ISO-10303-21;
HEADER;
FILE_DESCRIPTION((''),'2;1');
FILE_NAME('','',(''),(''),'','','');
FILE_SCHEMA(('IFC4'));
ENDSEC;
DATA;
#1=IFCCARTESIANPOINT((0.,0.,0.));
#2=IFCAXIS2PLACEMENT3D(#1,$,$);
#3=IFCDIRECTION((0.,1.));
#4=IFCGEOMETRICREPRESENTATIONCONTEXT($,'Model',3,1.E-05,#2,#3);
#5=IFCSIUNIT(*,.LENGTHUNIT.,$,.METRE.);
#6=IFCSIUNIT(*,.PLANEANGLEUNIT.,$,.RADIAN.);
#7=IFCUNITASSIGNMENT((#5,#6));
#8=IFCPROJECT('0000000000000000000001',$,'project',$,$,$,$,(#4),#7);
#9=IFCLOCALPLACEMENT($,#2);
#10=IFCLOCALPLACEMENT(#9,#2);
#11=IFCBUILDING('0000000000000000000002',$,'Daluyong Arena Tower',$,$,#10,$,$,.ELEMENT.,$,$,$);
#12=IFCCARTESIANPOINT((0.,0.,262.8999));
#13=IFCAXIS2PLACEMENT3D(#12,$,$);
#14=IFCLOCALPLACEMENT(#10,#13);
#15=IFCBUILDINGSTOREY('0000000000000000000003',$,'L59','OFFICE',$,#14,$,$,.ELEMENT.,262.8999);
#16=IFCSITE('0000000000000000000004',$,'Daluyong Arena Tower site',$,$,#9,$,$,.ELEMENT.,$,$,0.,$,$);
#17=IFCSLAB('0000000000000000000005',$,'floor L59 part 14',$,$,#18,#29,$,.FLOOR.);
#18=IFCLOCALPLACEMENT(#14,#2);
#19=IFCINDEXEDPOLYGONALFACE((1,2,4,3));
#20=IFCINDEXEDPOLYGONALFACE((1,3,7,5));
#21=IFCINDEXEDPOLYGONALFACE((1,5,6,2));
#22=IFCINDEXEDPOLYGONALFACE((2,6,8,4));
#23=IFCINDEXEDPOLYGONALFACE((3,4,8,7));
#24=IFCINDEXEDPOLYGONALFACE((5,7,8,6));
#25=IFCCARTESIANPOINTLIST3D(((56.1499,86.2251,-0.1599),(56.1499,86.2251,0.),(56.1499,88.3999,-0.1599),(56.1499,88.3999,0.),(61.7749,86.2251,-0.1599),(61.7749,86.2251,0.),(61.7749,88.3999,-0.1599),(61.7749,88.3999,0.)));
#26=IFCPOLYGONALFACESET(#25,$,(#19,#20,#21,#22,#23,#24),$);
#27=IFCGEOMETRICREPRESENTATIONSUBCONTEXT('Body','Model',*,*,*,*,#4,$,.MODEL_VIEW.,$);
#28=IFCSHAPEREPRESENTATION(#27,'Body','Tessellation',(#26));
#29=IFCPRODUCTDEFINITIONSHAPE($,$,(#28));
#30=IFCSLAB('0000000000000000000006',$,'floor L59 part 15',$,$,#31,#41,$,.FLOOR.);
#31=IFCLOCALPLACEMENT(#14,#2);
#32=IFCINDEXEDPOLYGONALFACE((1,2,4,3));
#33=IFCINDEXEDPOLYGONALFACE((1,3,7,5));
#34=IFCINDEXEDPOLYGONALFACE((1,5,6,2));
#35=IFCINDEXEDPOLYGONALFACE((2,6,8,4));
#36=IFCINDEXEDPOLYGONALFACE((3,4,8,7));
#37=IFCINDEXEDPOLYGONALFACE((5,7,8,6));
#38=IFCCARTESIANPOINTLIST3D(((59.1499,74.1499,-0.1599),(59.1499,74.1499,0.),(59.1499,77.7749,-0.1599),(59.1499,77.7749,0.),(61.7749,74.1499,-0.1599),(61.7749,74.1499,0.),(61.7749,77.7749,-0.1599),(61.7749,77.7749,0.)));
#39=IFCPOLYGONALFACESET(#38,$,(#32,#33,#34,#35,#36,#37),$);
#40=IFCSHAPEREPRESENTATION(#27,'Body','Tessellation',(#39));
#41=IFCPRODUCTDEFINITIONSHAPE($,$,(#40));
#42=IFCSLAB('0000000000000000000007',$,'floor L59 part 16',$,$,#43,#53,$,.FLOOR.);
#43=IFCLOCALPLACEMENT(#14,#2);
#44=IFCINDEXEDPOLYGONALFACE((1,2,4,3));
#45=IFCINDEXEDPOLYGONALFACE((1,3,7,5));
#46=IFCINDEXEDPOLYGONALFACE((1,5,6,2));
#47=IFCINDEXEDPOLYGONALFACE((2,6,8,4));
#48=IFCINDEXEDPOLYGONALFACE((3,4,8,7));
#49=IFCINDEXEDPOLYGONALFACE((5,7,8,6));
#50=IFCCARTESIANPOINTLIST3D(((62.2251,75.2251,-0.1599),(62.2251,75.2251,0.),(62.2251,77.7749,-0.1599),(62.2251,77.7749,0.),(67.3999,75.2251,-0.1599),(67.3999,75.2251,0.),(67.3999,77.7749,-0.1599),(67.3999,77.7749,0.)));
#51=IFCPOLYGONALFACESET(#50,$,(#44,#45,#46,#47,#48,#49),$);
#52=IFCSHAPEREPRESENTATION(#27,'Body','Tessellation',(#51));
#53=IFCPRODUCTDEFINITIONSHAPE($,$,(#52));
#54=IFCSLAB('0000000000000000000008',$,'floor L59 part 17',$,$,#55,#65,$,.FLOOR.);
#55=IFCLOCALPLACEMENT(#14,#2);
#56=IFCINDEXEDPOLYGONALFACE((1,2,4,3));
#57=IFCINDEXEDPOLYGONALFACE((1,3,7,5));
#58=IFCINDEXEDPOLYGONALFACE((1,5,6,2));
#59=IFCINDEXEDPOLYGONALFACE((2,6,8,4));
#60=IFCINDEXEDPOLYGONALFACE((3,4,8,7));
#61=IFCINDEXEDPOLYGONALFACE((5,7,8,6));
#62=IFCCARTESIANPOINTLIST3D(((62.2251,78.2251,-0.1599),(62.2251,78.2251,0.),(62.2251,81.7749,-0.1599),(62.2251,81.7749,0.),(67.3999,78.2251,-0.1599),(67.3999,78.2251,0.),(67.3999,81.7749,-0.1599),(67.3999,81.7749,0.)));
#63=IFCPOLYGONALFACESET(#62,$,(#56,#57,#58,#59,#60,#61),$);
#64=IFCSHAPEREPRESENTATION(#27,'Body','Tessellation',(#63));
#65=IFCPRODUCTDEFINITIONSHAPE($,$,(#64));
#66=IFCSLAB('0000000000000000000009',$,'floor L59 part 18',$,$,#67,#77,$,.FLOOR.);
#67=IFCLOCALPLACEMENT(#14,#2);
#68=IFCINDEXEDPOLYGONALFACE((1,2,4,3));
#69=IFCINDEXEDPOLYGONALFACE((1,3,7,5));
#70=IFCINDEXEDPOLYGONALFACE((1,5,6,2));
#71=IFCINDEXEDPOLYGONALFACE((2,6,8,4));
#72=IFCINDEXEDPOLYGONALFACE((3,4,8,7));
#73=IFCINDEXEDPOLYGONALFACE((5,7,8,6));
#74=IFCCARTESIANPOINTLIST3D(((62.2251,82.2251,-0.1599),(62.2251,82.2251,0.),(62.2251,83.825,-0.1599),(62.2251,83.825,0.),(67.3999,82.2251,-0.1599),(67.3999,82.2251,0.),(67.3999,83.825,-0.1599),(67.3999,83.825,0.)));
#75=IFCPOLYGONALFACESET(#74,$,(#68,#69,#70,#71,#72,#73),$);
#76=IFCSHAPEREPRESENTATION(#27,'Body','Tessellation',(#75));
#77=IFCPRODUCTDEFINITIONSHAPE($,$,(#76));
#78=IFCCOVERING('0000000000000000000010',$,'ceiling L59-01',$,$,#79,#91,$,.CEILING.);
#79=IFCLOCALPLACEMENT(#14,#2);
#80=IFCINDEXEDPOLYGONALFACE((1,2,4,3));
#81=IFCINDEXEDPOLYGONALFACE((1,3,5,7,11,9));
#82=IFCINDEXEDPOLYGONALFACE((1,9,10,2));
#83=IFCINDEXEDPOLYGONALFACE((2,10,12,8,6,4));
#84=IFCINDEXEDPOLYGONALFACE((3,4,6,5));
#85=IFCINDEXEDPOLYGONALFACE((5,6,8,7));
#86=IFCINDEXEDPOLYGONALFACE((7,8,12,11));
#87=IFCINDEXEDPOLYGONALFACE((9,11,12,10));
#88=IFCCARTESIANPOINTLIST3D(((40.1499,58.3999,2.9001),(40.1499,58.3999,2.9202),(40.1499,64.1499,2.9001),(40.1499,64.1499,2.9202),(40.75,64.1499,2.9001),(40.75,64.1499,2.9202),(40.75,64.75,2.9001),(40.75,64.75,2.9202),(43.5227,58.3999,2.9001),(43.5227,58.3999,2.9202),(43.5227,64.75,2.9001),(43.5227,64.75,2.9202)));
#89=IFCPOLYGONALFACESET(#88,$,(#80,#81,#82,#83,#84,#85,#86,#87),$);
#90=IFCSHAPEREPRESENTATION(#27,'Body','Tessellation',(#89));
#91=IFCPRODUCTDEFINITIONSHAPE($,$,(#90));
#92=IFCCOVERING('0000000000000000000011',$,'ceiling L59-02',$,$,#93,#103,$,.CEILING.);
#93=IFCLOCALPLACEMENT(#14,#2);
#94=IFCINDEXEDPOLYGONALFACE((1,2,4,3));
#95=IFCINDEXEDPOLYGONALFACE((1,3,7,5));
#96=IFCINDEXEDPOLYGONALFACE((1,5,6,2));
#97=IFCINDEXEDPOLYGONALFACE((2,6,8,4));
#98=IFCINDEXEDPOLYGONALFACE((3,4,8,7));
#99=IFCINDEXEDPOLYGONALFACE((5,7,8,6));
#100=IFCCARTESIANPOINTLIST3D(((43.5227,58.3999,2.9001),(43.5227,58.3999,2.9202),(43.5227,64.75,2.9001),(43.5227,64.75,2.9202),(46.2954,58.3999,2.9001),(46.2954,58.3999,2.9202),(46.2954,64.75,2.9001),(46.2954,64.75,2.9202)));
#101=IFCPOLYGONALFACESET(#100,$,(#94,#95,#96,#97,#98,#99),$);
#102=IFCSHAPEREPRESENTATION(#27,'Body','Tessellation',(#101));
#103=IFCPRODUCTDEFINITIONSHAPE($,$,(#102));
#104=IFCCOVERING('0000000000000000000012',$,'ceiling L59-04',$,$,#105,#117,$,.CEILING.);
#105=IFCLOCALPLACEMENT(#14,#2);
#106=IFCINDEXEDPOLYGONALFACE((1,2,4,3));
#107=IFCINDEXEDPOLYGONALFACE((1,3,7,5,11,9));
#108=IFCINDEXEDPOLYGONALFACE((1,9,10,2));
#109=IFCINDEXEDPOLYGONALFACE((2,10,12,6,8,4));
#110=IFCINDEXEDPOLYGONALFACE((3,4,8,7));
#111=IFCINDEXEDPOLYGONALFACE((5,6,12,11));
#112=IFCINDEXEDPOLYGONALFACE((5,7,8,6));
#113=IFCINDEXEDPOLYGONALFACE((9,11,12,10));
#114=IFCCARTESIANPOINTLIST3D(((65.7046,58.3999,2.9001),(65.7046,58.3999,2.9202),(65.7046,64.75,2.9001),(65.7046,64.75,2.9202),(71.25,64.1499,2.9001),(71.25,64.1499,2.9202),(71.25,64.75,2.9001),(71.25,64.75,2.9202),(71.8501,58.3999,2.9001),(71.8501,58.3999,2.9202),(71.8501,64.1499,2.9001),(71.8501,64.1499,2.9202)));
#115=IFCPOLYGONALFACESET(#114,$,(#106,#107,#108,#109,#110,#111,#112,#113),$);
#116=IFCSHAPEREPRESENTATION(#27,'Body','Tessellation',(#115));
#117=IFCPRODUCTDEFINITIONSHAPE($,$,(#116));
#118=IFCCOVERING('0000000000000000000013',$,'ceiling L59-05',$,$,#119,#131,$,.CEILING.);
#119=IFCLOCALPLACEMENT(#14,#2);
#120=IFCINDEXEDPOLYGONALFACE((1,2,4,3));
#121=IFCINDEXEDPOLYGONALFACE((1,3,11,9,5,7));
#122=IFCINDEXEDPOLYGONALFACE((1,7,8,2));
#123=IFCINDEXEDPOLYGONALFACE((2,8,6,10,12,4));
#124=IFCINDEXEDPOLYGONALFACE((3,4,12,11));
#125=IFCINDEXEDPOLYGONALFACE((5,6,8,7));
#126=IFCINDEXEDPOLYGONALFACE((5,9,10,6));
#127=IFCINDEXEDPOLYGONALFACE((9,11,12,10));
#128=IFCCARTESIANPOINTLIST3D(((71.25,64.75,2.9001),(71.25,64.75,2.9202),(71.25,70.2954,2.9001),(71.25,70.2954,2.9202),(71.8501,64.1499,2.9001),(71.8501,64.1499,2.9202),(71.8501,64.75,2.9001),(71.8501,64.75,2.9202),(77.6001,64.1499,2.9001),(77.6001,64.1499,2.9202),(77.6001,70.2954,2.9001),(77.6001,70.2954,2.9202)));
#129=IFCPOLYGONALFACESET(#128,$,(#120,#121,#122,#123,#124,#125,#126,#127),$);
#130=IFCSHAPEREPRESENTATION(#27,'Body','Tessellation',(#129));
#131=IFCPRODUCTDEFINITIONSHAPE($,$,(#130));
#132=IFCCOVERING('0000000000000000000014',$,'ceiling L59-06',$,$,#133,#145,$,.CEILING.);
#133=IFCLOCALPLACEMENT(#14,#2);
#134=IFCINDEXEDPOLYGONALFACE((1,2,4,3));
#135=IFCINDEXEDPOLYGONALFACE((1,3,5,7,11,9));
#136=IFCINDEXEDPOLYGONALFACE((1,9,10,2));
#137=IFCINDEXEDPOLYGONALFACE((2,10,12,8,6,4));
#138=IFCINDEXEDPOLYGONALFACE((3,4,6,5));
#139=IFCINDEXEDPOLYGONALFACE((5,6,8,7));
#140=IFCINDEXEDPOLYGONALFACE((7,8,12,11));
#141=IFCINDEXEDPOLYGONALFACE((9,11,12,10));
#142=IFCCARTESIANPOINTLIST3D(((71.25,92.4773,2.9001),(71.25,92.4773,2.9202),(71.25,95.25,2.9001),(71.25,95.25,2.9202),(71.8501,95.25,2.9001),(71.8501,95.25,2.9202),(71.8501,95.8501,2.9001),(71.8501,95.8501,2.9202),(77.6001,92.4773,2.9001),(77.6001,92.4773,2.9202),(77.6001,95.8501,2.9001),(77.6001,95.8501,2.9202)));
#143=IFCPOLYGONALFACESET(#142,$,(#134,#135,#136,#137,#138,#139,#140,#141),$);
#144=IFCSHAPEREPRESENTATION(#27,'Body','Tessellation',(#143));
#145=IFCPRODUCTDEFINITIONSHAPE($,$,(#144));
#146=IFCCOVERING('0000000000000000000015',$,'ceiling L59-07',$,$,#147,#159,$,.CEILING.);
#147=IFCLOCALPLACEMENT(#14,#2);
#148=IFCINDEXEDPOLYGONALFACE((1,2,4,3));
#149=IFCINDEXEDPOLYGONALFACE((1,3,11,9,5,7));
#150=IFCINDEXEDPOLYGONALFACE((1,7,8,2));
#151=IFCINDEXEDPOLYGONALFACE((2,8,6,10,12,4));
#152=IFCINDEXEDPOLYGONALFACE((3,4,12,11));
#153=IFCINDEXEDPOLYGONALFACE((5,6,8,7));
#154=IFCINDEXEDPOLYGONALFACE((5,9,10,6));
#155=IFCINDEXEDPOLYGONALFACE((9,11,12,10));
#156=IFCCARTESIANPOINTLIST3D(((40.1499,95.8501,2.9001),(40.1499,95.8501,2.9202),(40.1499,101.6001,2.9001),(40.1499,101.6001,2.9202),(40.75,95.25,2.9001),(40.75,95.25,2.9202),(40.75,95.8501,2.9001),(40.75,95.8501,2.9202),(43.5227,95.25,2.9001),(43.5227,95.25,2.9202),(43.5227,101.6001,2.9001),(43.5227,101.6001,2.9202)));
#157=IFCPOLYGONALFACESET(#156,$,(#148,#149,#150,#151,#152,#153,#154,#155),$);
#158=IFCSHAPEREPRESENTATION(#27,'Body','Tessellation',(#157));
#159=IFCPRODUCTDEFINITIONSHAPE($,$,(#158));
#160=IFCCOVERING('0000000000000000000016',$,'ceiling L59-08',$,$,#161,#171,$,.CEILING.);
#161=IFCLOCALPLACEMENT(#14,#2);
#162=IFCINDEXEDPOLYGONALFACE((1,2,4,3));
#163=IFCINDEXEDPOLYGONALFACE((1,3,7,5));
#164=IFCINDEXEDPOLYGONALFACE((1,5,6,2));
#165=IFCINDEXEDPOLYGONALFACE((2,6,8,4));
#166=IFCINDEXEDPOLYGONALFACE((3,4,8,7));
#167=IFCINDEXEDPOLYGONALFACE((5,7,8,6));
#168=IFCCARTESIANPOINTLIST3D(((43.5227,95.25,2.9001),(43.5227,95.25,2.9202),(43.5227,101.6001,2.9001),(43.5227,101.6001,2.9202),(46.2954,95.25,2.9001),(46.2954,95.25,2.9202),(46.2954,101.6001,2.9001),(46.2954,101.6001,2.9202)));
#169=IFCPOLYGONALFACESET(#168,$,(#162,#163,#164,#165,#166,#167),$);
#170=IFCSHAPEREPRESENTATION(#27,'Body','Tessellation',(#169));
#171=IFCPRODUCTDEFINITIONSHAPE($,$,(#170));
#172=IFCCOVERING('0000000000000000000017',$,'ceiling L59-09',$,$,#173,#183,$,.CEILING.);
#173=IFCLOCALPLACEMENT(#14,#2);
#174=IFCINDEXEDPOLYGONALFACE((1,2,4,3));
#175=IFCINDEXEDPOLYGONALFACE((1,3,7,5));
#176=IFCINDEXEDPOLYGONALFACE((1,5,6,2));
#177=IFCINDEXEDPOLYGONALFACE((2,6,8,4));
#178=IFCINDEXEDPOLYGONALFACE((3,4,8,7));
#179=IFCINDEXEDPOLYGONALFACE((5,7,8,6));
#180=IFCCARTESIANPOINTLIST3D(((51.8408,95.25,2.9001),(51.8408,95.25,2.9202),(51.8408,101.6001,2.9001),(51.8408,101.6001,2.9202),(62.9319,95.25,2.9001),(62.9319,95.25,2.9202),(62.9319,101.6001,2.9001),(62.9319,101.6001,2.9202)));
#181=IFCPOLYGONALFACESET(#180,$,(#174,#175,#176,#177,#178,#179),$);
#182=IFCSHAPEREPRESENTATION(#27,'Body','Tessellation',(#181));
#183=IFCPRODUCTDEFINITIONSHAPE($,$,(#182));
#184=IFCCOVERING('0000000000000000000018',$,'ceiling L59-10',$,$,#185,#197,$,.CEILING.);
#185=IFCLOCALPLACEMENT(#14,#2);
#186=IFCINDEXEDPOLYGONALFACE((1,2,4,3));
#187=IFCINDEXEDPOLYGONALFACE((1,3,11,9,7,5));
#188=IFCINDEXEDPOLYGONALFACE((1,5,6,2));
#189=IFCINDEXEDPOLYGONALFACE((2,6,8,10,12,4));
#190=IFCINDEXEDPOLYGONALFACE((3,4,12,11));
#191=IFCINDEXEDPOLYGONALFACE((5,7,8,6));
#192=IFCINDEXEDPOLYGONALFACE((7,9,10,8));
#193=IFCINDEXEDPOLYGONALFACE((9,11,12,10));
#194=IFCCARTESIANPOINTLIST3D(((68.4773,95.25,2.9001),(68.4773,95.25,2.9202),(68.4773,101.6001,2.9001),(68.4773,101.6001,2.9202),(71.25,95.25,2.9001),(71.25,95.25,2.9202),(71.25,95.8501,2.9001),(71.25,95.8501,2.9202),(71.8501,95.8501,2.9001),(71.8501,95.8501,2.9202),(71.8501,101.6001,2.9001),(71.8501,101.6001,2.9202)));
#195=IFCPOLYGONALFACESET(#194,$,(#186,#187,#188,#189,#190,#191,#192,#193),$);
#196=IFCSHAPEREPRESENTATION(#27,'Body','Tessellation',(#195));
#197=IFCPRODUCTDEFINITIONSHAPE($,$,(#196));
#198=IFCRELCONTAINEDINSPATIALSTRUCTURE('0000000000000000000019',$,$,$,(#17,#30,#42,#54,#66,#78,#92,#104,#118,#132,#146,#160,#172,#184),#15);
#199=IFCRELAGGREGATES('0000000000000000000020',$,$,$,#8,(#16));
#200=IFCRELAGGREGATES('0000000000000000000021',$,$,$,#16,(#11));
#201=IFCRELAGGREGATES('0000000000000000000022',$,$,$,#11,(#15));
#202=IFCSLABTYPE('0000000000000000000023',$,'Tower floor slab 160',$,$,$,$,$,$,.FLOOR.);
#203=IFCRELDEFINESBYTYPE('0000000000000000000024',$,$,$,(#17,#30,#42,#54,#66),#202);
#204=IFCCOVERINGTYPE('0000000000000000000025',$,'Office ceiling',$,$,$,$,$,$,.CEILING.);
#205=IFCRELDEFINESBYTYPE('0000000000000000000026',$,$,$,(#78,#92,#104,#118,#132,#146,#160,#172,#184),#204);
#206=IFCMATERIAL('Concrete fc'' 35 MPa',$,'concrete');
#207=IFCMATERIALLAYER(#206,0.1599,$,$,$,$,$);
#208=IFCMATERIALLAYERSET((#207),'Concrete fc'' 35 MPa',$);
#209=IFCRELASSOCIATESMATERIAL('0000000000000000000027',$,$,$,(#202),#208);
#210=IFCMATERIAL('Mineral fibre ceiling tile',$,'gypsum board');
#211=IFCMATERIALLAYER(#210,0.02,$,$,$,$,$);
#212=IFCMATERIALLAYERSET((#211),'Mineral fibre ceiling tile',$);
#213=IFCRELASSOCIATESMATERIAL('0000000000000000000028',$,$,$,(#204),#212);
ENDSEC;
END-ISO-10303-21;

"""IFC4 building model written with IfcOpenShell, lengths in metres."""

from ifc_helpers import new_model, si_unit, direction, frame, origin, place, context, subcontext, project, spatial, polyline, outline, extrude, material, layer, layer_set, type_object, element, save


model = new_model("IFC4")

# Units and contexts
model_context = context("Model", 3, precision=1e-05, world=origin(), true_north=direction((0.0, 1.0)))
body_context = subcontext(model_context, "Body", "Model", "MODEL_VIEW")
ifc_project = project(units=[si_unit("LENGTHUNIT", "METRE"), si_unit("PLANEANGLEUNIT", "RADIAN")], contexts=[model_context])

# Site, building, storey
site_placement = place(None, origin())
site = spatial("IfcSite", under=ifc_project, at=site_placement, Name="Daluyong Arena Tower site", CompositionType="ELEMENT", RefElevation=0.0)
building_placement = place(site_placement, origin())
building = spatial("IfcBuilding", under=site, at=building_placement, Name="Daluyong Arena Tower", CompositionType="ELEMENT")
storey_placement = place(building_placement, frame((0.0, 0.0, 262.8999)))
storey = spatial("IfcBuildingStorey", under=building, at=storey_placement, Name="L59", Description="OFFICE", CompositionType="ELEMENT", Elevation=262.8999)

# Slabs
ifc_material_1 = material(Name="Concrete fc' 35 MPa", Category="concrete")
ifc_layer_1 = layer(ifc_material_1, 0.1599)
ifc_layer_set_1 = layer_set([ifc_layer_1], Name="Concrete fc' 35 MPa")
slab_type = type_object("IfcSlabType", Name="Tower floor slab 160", PredefinedType="FLOOR", material=ifc_layer_set_1)
slab_1_placement = place(storey_placement, frame((0.0, 0.0, -0.1599)))
element("IfcSlab", 1, at=slab_1_placement, inside=storey, type_object=slab_type, Name="floor L59 part 14", PredefinedType="FLOOR", context=body_context, shape_type="SweptSolid", body=[
    extrude(outline(polyline([(56.1499, 88.3999), (56.1499, 86.2251), (61.7749, 86.2251), (61.7749, 88.3999), (56.1499, 88.3999)])), origin(), (0.0, 0.0, 1.0), 0.1599),
])
slab_2_placement = place(storey_placement, frame((0.0, 0.0, -0.1599)))
element("IfcSlab", 2, at=slab_2_placement, inside=storey, type_object=slab_type, Name="floor L59 part 15", PredefinedType="FLOOR", context=body_context, shape_type="SweptSolid", body=[
    extrude(outline(polyline([(61.7749, 77.7749), (59.1499, 77.7749), (59.1499, 74.1499), (61.7749, 74.1499), (61.7749, 77.7749)])), origin(), (0.0, 0.0, 1.0), 0.1599),
])
slab_3_placement = place(storey_placement, frame((0.0, 0.0, -0.1599)))
element("IfcSlab", 3, at=slab_3_placement, inside=storey, type_object=slab_type, Name="floor L59 part 16", PredefinedType="FLOOR", context=body_context, shape_type="SweptSolid", body=[
    extrude(outline(polyline([(67.3999, 75.2251), (67.3999, 77.7749), (62.2251, 77.7749), (62.2251, 75.2251), (67.3999, 75.2251)])), origin(), (0.0, 0.0, 1.0), 0.1599),
])
slab_4_placement = place(storey_placement, frame((0.0, 0.0, -0.1599)))
element("IfcSlab", 4, at=slab_4_placement, inside=storey, type_object=slab_type, Name="floor L59 part 17", PredefinedType="FLOOR", context=body_context, shape_type="SweptSolid", body=[
    extrude(outline(polyline([(67.3999, 78.2251), (67.3999, 81.7749), (62.2251, 81.7749), (62.2251, 78.2251), (67.3999, 78.2251)])), origin(), (0.0, 0.0, 1.0), 0.1599),
])
slab_5_placement = place(storey_placement, frame((0.0, 0.0, -0.1599)))
element("IfcSlab", 5, at=slab_5_placement, inside=storey, type_object=slab_type, Name="floor L59 part 18", PredefinedType="FLOOR", context=body_context, shape_type="SweptSolid", body=[
    extrude(outline(polyline([(67.3999, 83.825), (62.2251, 83.825), (62.2251, 82.2251), (67.3999, 82.2251), (67.3999, 83.825)])), origin(), (0.0, 0.0, 1.0), 0.1599),
])

# Coverings
ifc_material_2 = material(Name="Mineral fibre ceiling tile", Category="gypsum board")
ifc_layer_2 = layer(ifc_material_2, 0.02)
ifc_layer_set_2 = layer_set([ifc_layer_2], Name="Mineral fibre ceiling tile")
covering_type = type_object("IfcCoveringType", Name="Office ceiling", PredefinedType="CEILING", material=ifc_layer_set_2)
covering_1_placement = place(storey_placement, frame((0.0, 0.0, 2.9001)))
element("IfcCovering", 6, at=covering_1_placement, inside=storey, type_object=covering_type, Name="ceiling L59-01", PredefinedType="CEILING", context=body_context, shape_type="SweptSolid", body=[
    extrude(outline(polyline([(40.1499, 64.1499), (40.1499, 58.3999), (43.5227, 58.3999), (43.5227, 64.75), (40.75, 64.75), (40.75, 64.1499), (40.1499, 64.1499)])), origin(), (0.0, 0.0, 1.0), 0.02),
])
covering_2_placement = place(storey_placement, frame((0.0, 0.0, 2.9001)))
element("IfcCovering", 7, at=covering_2_placement, inside=storey, type_object=covering_type, Name="ceiling L59-02", PredefinedType="CEILING", context=body_context, shape_type="SweptSolid", body=[
    extrude(outline(polyline([(43.5227, 64.75), (43.5227, 58.3999), (46.2954, 58.3999), (46.2954, 64.75), (43.5227, 64.75)])), origin(), (0.0, 0.0, 1.0), 0.02),
])
covering_3_placement = place(storey_placement, frame((0.0, 0.0, 2.9001)))
element("IfcCovering", 8, at=covering_3_placement, inside=storey, type_object=covering_type, Name="ceiling L59-04", PredefinedType="CEILING", context=body_context, shape_type="SweptSolid", body=[
    extrude(outline(polyline([(71.8501, 58.3999), (71.8501, 64.1499), (71.25, 64.1499), (71.25, 64.75), (65.7046, 64.75), (65.7046, 58.3999), (71.8501, 58.3999)])), origin(), (0.0, 0.0, 1.0), 0.02),
])
covering_4_placement = place(storey_placement, frame((0.0, 0.0, 2.9001)))
element("IfcCovering", 9, at=covering_4_placement, inside=storey, type_object=covering_type, Name="ceiling L59-05", PredefinedType="CEILING", context=body_context, shape_type="SweptSolid", body=[
    extrude(outline(polyline([(71.8501, 64.1499), (77.6001, 64.1499), (77.6001, 70.2954), (71.25, 70.2954), (71.25, 64.75), (71.8501, 64.75), (71.8501, 64.1499)])), origin(), (0.0, 0.0, 1.0), 0.02),
])
covering_5_placement = place(storey_placement, frame((0.0, 0.0, 2.9001)))
element("IfcCovering", 10, at=covering_5_placement, inside=storey, type_object=covering_type, Name="ceiling L59-06", PredefinedType="CEILING", context=body_context, shape_type="SweptSolid", body=[
    extrude(outline(polyline([(71.25, 92.4773), (77.6001, 92.4773), (77.6001, 95.8501), (71.8501, 95.8501), (71.8501, 95.25), (71.25, 95.25), (71.25, 92.4773)])), origin(), (0.0, 0.0, 1.0), 0.02),
])
covering_6_placement = place(storey_placement, frame((0.0, 0.0, 2.9001)))
element("IfcCovering", 11, at=covering_6_placement, inside=storey, type_object=covering_type, Name="ceiling L59-07", PredefinedType="CEILING", context=body_context, shape_type="SweptSolid", body=[
    extrude(outline(polyline([(43.5227, 95.25), (43.5227, 101.6001), (40.1499, 101.6001), (40.1499, 95.8501), (40.75, 95.8501), (40.75, 95.25), (43.5227, 95.25)])), origin(), (0.0, 0.0, 1.0), 0.02),
])
covering_7_placement = place(storey_placement, frame((0.0, 0.0, 2.9001)))
element("IfcCovering", 12, at=covering_7_placement, inside=storey, type_object=covering_type, Name="ceiling L59-08", PredefinedType="CEILING", context=body_context, shape_type="SweptSolid", body=[
    extrude(outline(polyline([(46.2954, 95.25), (46.2954, 101.6001), (43.5227, 101.6001), (43.5227, 95.25), (46.2954, 95.25)])), origin(), (0.0, 0.0, 1.0), 0.02),
])
covering_8_placement = place(storey_placement, frame((0.0, 0.0, 2.9001)))
element("IfcCovering", 13, at=covering_8_placement, inside=storey, type_object=covering_type, Name="ceiling L59-09", PredefinedType="CEILING", context=body_context, shape_type="SweptSolid", body=[
    extrude(outline(polyline([(62.9319, 95.25), (62.9319, 101.6001), (51.8408, 101.6001), (51.8408, 95.25), (62.9319, 95.25)])), origin(), (0.0, 0.0, 1.0), 0.02),
])
covering_9_placement = place(storey_placement, frame((0.0, 0.0, 2.9001)))
element("IfcCovering", 14, at=covering_9_placement, inside=storey, type_object=covering_type, Name="ceiling L59-10", PredefinedType="CEILING", context=body_context, shape_type="SweptSolid", body=[
    extrude(outline(polyline([(68.4773, 95.25), (71.25, 95.25), (71.25, 95.8501), (71.8501, 95.8501), (71.8501, 101.6001), (68.4773, 101.6001), (68.4773, 95.25)])), origin(), (0.0, 0.0, 1.0), 0.02),
])

save(model, "model.ifc")
